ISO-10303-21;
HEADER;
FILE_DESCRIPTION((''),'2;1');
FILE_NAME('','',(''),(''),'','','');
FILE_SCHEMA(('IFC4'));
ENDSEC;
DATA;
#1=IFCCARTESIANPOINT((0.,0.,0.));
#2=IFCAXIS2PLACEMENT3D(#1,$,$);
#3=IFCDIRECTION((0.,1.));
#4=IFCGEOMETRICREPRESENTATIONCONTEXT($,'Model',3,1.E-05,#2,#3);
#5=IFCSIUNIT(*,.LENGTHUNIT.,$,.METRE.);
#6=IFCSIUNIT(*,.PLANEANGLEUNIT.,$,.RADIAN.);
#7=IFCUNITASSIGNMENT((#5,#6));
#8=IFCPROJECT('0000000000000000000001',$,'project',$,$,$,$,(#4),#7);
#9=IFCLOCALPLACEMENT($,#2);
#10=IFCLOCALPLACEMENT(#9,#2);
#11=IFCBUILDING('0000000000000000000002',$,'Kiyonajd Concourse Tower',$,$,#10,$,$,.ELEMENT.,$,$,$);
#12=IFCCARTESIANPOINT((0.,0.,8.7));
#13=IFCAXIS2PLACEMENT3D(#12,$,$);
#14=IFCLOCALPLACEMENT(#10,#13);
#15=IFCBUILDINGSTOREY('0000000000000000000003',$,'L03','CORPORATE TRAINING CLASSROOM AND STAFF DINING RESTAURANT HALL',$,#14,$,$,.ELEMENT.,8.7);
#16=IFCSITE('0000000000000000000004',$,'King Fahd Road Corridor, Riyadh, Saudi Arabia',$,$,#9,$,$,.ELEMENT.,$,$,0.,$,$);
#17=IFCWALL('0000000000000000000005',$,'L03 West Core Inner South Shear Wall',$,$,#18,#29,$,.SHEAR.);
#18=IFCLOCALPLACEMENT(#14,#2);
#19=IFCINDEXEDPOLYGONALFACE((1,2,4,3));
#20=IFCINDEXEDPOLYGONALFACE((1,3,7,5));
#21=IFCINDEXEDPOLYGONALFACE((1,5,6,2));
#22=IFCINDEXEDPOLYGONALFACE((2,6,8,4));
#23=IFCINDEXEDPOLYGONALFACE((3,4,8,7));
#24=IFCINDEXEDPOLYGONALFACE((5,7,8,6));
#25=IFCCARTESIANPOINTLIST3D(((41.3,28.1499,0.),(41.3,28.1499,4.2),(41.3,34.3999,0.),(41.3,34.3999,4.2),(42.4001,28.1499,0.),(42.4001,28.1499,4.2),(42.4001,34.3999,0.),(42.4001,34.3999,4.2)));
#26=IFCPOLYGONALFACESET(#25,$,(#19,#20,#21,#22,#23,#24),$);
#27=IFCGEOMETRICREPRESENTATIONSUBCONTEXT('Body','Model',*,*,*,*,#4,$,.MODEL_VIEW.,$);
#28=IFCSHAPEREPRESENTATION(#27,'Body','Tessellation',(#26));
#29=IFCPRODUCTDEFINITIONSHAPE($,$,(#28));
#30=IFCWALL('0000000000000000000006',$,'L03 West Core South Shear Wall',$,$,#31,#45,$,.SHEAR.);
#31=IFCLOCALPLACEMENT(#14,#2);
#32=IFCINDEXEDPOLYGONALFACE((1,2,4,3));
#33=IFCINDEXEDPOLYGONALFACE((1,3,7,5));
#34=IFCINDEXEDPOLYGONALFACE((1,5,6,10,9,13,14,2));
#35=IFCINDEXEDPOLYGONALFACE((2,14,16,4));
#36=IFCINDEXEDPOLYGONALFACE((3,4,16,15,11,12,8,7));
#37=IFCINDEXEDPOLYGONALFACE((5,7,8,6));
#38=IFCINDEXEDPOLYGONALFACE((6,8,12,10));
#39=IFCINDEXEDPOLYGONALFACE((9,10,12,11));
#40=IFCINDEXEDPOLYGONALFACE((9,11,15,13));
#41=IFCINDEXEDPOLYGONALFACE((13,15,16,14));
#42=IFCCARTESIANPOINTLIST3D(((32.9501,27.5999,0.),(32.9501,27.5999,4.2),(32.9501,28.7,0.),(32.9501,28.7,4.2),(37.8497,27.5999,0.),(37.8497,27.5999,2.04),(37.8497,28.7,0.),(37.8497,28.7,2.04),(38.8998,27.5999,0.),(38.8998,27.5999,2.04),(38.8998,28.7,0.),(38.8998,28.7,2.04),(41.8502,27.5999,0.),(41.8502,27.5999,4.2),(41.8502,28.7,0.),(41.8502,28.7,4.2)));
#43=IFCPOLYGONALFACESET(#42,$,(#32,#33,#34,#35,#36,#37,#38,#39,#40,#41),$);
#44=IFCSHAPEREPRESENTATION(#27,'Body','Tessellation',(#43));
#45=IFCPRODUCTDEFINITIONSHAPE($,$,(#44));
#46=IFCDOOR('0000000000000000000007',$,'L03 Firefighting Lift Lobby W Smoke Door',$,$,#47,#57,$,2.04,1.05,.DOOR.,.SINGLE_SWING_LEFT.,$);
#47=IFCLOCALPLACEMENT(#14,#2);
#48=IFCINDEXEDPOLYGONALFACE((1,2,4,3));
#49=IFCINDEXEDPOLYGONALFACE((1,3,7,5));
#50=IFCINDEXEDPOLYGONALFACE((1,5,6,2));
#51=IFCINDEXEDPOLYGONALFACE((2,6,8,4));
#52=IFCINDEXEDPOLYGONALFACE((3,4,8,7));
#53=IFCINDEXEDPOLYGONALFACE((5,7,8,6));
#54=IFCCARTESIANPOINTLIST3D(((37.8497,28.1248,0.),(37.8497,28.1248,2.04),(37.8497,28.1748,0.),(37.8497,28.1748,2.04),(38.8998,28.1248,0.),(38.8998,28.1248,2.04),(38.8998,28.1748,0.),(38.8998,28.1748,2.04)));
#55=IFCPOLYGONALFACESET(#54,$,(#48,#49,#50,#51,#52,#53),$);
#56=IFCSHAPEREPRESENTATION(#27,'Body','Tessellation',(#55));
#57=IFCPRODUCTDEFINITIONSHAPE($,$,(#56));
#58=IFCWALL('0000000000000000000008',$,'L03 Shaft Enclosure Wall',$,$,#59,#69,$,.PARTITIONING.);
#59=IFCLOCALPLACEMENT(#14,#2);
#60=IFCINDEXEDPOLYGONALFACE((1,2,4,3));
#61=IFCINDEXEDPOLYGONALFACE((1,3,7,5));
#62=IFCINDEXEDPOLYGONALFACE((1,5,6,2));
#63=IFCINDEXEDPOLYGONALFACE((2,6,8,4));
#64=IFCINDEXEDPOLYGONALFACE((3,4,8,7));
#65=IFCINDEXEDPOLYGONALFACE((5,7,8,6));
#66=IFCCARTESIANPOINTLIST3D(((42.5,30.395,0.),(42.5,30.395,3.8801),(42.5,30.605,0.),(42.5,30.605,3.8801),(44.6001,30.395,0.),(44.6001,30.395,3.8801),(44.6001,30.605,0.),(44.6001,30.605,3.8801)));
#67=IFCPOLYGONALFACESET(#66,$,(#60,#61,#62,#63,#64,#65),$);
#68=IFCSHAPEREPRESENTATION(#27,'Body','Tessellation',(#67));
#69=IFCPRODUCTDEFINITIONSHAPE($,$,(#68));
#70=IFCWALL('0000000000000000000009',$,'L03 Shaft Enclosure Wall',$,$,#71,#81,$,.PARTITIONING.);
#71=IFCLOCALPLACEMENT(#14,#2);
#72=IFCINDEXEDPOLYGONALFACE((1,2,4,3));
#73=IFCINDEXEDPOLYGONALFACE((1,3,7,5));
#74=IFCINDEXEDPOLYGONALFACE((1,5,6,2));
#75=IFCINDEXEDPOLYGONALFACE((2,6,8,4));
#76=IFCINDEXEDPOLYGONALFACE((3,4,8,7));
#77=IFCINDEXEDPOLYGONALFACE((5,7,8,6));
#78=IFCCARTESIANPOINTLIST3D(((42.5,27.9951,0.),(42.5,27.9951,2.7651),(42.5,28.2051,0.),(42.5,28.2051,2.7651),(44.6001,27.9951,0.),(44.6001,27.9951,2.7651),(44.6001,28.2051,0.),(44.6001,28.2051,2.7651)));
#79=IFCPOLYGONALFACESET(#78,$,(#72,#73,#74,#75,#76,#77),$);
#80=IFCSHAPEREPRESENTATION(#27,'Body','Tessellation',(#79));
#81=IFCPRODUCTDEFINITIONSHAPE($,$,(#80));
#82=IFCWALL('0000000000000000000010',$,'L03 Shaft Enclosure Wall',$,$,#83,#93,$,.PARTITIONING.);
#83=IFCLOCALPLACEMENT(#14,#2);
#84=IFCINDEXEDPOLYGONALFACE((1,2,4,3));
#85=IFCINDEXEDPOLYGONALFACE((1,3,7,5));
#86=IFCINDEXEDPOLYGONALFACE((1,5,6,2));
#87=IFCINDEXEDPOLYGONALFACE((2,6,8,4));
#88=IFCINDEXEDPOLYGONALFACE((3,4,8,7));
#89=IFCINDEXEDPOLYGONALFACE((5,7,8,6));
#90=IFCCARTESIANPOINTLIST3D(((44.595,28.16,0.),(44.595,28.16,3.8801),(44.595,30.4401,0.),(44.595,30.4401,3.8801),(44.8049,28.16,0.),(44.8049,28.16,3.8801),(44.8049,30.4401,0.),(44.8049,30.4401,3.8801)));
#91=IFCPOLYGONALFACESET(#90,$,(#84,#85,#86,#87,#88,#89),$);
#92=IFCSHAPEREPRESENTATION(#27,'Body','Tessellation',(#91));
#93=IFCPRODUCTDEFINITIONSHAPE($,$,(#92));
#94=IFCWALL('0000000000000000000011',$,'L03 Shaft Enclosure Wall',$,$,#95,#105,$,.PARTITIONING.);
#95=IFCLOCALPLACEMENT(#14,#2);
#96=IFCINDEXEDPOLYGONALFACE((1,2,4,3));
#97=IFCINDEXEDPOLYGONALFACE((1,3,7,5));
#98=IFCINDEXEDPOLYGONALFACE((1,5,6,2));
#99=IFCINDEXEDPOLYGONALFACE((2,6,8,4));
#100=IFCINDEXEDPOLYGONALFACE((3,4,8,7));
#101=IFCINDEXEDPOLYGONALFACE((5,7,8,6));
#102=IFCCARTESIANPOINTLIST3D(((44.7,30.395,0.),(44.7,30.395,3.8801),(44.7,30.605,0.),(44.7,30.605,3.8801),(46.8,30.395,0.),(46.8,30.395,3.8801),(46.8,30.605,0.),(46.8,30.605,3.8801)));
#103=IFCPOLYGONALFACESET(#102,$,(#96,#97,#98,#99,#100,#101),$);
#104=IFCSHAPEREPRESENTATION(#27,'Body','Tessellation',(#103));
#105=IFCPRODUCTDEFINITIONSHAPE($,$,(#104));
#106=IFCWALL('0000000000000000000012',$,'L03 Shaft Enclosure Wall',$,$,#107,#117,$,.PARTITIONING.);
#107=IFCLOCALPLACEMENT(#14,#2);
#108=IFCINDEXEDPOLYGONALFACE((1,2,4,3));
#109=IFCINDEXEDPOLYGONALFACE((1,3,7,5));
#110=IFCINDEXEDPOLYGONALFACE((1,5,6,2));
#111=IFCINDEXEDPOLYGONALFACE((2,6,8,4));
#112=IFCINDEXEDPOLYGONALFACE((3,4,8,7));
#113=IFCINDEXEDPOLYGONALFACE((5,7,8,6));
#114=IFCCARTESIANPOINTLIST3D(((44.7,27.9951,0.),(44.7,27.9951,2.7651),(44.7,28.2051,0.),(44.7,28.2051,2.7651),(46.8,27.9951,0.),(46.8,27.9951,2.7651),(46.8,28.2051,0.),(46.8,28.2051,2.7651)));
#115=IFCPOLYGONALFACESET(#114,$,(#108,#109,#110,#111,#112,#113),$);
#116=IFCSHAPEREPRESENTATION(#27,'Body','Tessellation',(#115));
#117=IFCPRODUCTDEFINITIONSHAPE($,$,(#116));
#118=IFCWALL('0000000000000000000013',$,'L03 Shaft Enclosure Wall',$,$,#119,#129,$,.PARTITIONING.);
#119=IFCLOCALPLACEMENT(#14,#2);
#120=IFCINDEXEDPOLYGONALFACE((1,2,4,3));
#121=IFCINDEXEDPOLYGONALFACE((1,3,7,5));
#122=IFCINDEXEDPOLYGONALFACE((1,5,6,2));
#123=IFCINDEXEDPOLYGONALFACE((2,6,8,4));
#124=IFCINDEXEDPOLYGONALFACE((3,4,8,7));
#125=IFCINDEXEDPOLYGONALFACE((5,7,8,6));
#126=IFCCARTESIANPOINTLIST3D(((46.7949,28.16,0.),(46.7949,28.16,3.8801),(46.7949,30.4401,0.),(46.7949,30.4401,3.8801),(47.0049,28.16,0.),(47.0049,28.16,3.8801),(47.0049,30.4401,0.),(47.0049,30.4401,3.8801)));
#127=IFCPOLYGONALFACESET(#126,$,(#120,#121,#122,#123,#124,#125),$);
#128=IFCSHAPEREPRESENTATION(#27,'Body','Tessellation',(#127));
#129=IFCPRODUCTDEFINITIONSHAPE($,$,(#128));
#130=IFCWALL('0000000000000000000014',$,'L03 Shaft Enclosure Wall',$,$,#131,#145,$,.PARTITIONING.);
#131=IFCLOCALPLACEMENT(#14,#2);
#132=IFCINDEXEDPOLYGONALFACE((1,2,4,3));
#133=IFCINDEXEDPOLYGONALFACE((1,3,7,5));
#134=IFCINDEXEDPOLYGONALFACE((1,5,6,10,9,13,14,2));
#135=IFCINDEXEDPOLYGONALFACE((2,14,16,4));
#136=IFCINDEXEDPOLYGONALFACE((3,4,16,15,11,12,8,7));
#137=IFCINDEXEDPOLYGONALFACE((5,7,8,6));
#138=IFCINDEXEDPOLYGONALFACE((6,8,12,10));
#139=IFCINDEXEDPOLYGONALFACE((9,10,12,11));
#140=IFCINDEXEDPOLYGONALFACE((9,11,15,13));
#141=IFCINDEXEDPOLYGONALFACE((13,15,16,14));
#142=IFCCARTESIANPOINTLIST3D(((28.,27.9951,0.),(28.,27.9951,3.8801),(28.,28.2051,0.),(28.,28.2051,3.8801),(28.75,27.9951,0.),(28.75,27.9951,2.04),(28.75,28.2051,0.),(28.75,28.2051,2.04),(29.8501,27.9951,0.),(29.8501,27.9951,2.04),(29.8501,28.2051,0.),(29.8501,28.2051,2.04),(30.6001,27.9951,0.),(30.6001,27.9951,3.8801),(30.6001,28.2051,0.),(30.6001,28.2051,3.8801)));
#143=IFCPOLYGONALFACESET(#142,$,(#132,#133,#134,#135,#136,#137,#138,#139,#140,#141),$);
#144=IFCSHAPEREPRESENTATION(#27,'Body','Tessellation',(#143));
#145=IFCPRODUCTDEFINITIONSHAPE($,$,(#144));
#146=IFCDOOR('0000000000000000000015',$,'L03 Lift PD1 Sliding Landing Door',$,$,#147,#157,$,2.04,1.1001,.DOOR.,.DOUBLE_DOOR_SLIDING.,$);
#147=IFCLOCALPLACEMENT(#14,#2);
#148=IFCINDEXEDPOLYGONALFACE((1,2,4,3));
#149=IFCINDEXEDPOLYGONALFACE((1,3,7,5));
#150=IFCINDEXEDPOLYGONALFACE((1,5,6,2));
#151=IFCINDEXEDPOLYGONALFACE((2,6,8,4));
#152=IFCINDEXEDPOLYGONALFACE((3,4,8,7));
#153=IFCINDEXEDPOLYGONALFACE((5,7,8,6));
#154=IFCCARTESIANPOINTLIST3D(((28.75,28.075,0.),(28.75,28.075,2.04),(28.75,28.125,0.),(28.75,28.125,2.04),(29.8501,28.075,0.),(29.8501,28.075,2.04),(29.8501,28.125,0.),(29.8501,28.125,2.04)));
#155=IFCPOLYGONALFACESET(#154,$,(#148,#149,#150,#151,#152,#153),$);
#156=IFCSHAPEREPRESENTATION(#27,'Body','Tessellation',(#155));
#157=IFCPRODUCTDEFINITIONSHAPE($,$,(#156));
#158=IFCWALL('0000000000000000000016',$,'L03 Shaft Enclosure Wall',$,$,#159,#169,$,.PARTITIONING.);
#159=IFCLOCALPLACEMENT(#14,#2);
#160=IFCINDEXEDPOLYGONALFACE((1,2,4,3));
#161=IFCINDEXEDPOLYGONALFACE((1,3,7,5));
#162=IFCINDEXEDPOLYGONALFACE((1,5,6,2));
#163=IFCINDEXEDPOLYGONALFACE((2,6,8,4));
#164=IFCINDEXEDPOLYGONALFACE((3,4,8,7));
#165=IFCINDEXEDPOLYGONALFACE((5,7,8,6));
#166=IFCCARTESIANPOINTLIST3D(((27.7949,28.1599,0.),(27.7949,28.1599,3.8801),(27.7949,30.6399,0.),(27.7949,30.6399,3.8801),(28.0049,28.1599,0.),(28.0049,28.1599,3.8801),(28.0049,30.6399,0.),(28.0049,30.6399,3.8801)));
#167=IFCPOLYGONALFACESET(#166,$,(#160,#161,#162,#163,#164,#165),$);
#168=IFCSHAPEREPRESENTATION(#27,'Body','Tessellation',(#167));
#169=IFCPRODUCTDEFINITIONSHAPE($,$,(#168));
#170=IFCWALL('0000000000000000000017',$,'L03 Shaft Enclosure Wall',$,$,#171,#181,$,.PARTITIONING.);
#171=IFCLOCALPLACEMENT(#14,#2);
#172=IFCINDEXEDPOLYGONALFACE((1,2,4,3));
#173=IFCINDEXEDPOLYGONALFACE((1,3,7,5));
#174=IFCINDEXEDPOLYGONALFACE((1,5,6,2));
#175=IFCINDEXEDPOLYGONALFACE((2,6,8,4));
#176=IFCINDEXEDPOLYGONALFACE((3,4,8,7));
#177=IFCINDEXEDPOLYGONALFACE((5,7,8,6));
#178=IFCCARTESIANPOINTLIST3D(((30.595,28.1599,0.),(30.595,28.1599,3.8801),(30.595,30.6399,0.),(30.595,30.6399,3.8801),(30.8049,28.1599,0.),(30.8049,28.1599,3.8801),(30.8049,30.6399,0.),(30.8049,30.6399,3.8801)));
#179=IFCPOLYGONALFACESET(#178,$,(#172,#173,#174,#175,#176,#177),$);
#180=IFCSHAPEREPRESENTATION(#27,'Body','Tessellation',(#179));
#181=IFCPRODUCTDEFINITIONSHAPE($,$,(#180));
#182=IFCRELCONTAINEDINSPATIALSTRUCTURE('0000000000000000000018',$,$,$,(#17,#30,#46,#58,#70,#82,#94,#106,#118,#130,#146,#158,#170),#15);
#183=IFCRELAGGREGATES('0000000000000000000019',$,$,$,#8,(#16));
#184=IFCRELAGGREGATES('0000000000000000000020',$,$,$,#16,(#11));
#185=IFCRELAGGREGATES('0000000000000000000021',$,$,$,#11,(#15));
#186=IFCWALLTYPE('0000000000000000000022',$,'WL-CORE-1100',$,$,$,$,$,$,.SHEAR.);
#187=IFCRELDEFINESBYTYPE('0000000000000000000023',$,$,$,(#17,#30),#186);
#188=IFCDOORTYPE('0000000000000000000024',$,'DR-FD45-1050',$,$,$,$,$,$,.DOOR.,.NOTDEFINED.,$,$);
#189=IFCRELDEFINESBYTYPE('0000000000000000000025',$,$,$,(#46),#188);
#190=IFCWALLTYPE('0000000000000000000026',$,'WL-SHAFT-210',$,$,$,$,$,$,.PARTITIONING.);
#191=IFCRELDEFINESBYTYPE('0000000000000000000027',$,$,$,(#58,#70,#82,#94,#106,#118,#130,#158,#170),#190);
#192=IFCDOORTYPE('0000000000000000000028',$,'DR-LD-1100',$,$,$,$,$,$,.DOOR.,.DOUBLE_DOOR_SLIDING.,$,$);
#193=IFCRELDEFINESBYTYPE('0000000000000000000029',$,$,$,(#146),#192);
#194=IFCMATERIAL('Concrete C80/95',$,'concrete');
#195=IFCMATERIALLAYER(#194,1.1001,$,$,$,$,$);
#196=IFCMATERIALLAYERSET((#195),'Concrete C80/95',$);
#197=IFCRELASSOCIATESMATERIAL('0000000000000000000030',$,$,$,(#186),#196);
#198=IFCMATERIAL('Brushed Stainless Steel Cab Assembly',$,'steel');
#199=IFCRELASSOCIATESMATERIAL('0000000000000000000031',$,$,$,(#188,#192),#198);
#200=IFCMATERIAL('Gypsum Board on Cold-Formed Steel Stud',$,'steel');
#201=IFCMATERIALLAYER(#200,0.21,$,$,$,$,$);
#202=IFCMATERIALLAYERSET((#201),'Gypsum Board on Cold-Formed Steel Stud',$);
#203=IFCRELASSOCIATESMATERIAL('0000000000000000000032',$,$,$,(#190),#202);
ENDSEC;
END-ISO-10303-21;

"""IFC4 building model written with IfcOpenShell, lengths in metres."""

from ifc_helpers import new_model, si_unit, direction, frame, frame_2d, origin, place, context, subcontext, project, spatial, rectangle, extrude, material, layer, layer_set, type_object, element, fill, save


model = new_model("IFC4")

# Units and contexts
model_context = context("Model", 3, precision=1e-05, world=origin(), true_north=direction((0.0, 1.0)))
body_context = subcontext(model_context, "Body", "Model", "MODEL_VIEW")
ifc_project = project(units=[si_unit("LENGTHUNIT", "METRE"), si_unit("PLANEANGLEUNIT", "RADIAN")], contexts=[model_context])

# Site, building, storey
site_placement = place(None, origin())
site = spatial("IfcSite", under=ifc_project, at=site_placement, Name="King Fahd Road Corridor, Riyadh, Saudi Arabia", CompositionType="ELEMENT", RefElevation=0.0)
building_placement = place(site_placement, origin())
building = spatial("IfcBuilding", under=site, at=building_placement, Name="Kiyonajd Concourse Tower", CompositionType="ELEMENT")
storey_placement = place(building_placement, frame((0.0, 0.0, 8.7)))
storey = spatial("IfcBuildingStorey", under=building, at=storey_placement, Name="L03", Description="CORPORATE TRAINING CLASSROOM AND STAFF DINING RESTAURANT HALL", CompositionType="ELEMENT", Elevation=8.7)

# Shared definitions
ifc_material_1 = material(Name="Concrete C80/95", Category="concrete")

# Wall
ifc_layer_1 = layer(ifc_material_1, 1.1001)
ifc_layer_set_1 = layer_set([ifc_layer_1], Name="Concrete C80/95")
wall_type_1 = type_object("IfcWallType", Name="WL-CORE-1100", PredefinedType="SHEAR", material=ifc_layer_set_1)
wall_1_placement = place(storey_placement, frame((41.8501, 28.1499, 0.0), z_axis=(0.0, 0.0, 1.0), x_axis=(0.0, 1.0, 0.0)))
element("IfcWall", 1, at=wall_1_placement, inside=storey, type_object=wall_type_1, Name="L03 West Core Inner South Shear Wall", PredefinedType="SHEAR", context=body_context, shape_type="SweptSolid", body=[
    extrude(rectangle(XDim=6.25, YDim=1.1001, at=frame_2d((3.125, 0.0))), origin(), (0.0, 0.0, 1.0), 4.2),
])

# Wall, opening, door
wall_2_placement = place(storey_placement, frame((32.95, 28.1499, 0.0), z_axis=(0.0, 0.0, 1.0), x_axis=(1.0, 0.0, 0.0)))
wall_2 = element("IfcWall", 2, at=wall_2_placement, inside=storey, type_object=wall_type_1, Name="L03 West Core South Shear Wall", PredefinedType="SHEAR", context=body_context, shape_type="SweptSolid", body=[
    extrude(rectangle(XDim=8.9001, YDim=1.1001, at=frame_2d((4.4502, 0.0))), origin(), (0.0, 0.0, 1.0), 4.2),
])
opening_1_placement = place(wall_2_placement, frame((4.8999, 0.0, 0.0)))
opening_1 = element("IfcOpeningElement", 3, at=opening_1_placement, cuts=wall_2, PredefinedType="OPENING", context=body_context, shape_type="SweptSolid", body=[
    extrude(rectangle(XDim=1.05, YDim=2.04, at=frame_2d((0.5249, 1.02))), frame((0.0, 0.5601, 0.0), z_axis=(0.0, -1.0, 0.0), x_axis=(1.0, 0.0, 0.0)), (0.0, 0.0, 1.0), 1.1201),
])
ifc_material_2 = material(Name="Brushed Stainless Steel Cab Assembly", Category="steel")
door_type_1 = type_object("IfcDoorType", Name="DR-FD45-1050", OperationType="NOTDEFINED", PredefinedType="DOOR", material=ifc_material_2)
door_1_placement = place(opening_1_placement, origin())
door_1 = element("IfcDoor", 4, at=door_1_placement, inside=storey, type_object=door_type_1, Name="L03 Firefighting Lift Lobby W Smoke Door", OperationType="SINGLE_SWING_LEFT", OverallHeight=2.04, OverallWidth=1.05, PredefinedType="DOOR", context=body_context, shape_type="SweptSolid", body=[
    extrude(rectangle(XDim=1.05, YDim=2.04, at=frame_2d((0.5249, 1.02))), frame((0.0, 0.0249, 0.0), z_axis=(0.0, -1.0, 0.0), x_axis=(1.0, 0.0, 0.0)), (0.0, 0.0, 1.0), 0.05),
])
fill(opening_1, door_1)

# Walls
ifc_material_3 = material(Name="Gypsum Board on Cold-Formed Steel Stud", Category="steel")
ifc_layer_2 = layer(ifc_material_3, 0.21)
ifc_layer_set_2 = layer_set([ifc_layer_2], Name="Gypsum Board on Cold-Formed Steel Stud")
wall_type_2 = type_object("IfcWallType", Name="WL-SHAFT-210", PredefinedType="PARTITIONING", material=ifc_layer_set_2)
wall_3_placement = place(storey_placement, frame((42.5, 30.5, 0.0), z_axis=(0.0, 0.0, 1.0), x_axis=(1.0, 0.0, 0.0)))
element("IfcWall", 5, at=wall_3_placement, inside=storey, type_object=wall_type_2, Name="L03 Shaft Enclosure Wall", PredefinedType="PARTITIONING", context=body_context, shape_type="SweptSolid", body=[
    extrude(rectangle(XDim=2.1001, YDim=0.21, at=frame_2d((1.05, 0.0))), origin(), (0.0, 0.0, 1.0), 3.8801),
])
wall_4_placement = place(storey_placement, frame((42.5, 28.1001, 0.0), z_axis=(0.0, 0.0, 1.0), x_axis=(1.0, 0.0, 0.0)))
element("IfcWall", 6, at=wall_4_placement, inside=storey, type_object=wall_type_2, Name="L03 Shaft Enclosure Wall", PredefinedType="PARTITIONING", context=body_context, shape_type="SweptSolid", body=[
    extrude(rectangle(XDim=2.1001, YDim=0.21, at=frame_2d((1.05, 0.0))), origin(), (0.0, 0.0, 1.0), 2.7651),
])
wall_5_placement = place(storey_placement, frame((44.7, 28.1599, 0.0), z_axis=(0.0, 0.0, 1.0), x_axis=(0.0, 1.0, 0.0)))
element("IfcWall", 7, at=wall_5_placement, inside=storey, type_object=wall_type_2, Name="L03 Shaft Enclosure Wall", PredefinedType="PARTITIONING", context=body_context, shape_type="SweptSolid", body=[
    extrude(rectangle(XDim=2.28, YDim=0.21, at=frame_2d((1.1401, 0.0))), origin(), (0.0, 0.0, 1.0), 3.8801),
])
wall_6_placement = place(storey_placement, frame((44.7, 30.5, 0.0), z_axis=(0.0, 0.0, 1.0), x_axis=(1.0, 0.0, 0.0)))
element("IfcWall", 8, at=wall_6_placement, inside=storey, type_object=wall_type_2, Name="L03 Shaft Enclosure Wall", PredefinedType="PARTITIONING", context=body_context, shape_type="SweptSolid", body=[
    extrude(rectangle(XDim=2.1001, YDim=0.21, at=frame_2d((1.05, 0.0))), origin(), (0.0, 0.0, 1.0), 3.8801),
])
wall_7_placement = place(storey_placement, frame((44.7, 28.1001, 0.0), z_axis=(0.0, 0.0, 1.0), x_axis=(1.0, 0.0, 0.0)))
element("IfcWall", 9, at=wall_7_placement, inside=storey, type_object=wall_type_2, Name="L03 Shaft Enclosure Wall", PredefinedType="PARTITIONING", context=body_context, shape_type="SweptSolid", body=[
    extrude(rectangle(XDim=2.1001, YDim=0.21, at=frame_2d((1.05, 0.0))), origin(), (0.0, 0.0, 1.0), 2.7651),
])
wall_8_placement = place(storey_placement, frame((46.8999, 28.1599, 0.0), z_axis=(0.0, 0.0, 1.0), x_axis=(0.0, 1.0, 0.0)))
element("IfcWall", 10, at=wall_8_placement, inside=storey, type_object=wall_type_2, Name="L03 Shaft Enclosure Wall", PredefinedType="PARTITIONING", context=body_context, shape_type="SweptSolid", body=[
    extrude(rectangle(XDim=2.28, YDim=0.21, at=frame_2d((1.1401, 0.0))), origin(), (0.0, 0.0, 1.0), 3.8801),
])

# Wall, opening, door
wall_9_placement = place(storey_placement, frame((28.0, 28.1001, 0.0), z_axis=(0.0, 0.0, 1.0), x_axis=(1.0, 0.0, 0.0)))
wall_9 = element("IfcWall", 11, at=wall_9_placement, inside=storey, type_object=wall_type_2, Name="L03 Shaft Enclosure Wall", PredefinedType="PARTITIONING", context=body_context, shape_type="SweptSolid", body=[
    extrude(rectangle(XDim=2.6001, YDim=0.21, at=frame_2d((1.3, 0.0))), origin(), (0.0, 0.0, 1.0), 3.8801),
])
opening_2_placement = place(wall_9_placement, frame((0.75, 0.0, 0.0)))
opening_2 = element("IfcOpeningElement", 12, at=opening_2_placement, cuts=wall_9, PredefinedType="OPENING", context=body_context, shape_type="SweptSolid", body=[
    extrude(rectangle(XDim=1.1001, YDim=2.04, at=frame_2d((0.55, 1.02))), frame((0.0, 0.115, 0.0), z_axis=(0.0, -1.0, 0.0), x_axis=(1.0, 0.0, 0.0)), (0.0, 0.0, 1.0), 0.23),
])
door_type_2 = type_object("IfcDoorType", Name="DR-LD-1100", OperationType="DOUBLE_DOOR_SLIDING", PredefinedType="DOOR", material=ifc_material_2)
door_2_placement = place(opening_2_placement, origin())
door_2 = element("IfcDoor", 13, at=door_2_placement, inside=storey, type_object=door_type_2, Name="L03 Lift PD1 Sliding Landing Door", OperationType="DOUBLE_DOOR_SLIDING", OverallHeight=2.04, OverallWidth=1.1001, PredefinedType="DOOR", context=body_context, shape_type="SweptSolid", body=[
    extrude(rectangle(XDim=1.1001, YDim=2.04, at=frame_2d((0.55, 1.02))), frame((0.0, 0.0249, 0.0), z_axis=(0.0, -1.0, 0.0), x_axis=(1.0, 0.0, 0.0)), (0.0, 0.0, 1.0), 0.05),
])
fill(opening_2, door_2)

# Walls
for number, where, z_axis, x_axis, name in (
    (14, (27.8999, 28.1599, 0.0), (0.0, 0.0, 1.0), (0.0, 1.0, 0.0), "L03 Shaft Enclosure Wall"),
    (15, (30.7, 28.1599, 0.0), (0.0, 0.0, 1.0), (0.0, 1.0, 0.0), "L03 Shaft Enclosure Wall"),
):
    element("IfcWall", number, at=place(storey_placement, frame(where, z_axis=z_axis, x_axis=x_axis)), inside=storey, type_object=wall_type_2, Name=name, PredefinedType="PARTITIONING", context=body_context, shape_type="SweptSolid", body=[
        extrude(rectangle(XDim=2.48, YDim=0.21, at=frame_2d((1.24, 0.0))), origin(), (0.0, 0.0, 1.0), 3.8801),
    ])

save(model, "model.ifc")
